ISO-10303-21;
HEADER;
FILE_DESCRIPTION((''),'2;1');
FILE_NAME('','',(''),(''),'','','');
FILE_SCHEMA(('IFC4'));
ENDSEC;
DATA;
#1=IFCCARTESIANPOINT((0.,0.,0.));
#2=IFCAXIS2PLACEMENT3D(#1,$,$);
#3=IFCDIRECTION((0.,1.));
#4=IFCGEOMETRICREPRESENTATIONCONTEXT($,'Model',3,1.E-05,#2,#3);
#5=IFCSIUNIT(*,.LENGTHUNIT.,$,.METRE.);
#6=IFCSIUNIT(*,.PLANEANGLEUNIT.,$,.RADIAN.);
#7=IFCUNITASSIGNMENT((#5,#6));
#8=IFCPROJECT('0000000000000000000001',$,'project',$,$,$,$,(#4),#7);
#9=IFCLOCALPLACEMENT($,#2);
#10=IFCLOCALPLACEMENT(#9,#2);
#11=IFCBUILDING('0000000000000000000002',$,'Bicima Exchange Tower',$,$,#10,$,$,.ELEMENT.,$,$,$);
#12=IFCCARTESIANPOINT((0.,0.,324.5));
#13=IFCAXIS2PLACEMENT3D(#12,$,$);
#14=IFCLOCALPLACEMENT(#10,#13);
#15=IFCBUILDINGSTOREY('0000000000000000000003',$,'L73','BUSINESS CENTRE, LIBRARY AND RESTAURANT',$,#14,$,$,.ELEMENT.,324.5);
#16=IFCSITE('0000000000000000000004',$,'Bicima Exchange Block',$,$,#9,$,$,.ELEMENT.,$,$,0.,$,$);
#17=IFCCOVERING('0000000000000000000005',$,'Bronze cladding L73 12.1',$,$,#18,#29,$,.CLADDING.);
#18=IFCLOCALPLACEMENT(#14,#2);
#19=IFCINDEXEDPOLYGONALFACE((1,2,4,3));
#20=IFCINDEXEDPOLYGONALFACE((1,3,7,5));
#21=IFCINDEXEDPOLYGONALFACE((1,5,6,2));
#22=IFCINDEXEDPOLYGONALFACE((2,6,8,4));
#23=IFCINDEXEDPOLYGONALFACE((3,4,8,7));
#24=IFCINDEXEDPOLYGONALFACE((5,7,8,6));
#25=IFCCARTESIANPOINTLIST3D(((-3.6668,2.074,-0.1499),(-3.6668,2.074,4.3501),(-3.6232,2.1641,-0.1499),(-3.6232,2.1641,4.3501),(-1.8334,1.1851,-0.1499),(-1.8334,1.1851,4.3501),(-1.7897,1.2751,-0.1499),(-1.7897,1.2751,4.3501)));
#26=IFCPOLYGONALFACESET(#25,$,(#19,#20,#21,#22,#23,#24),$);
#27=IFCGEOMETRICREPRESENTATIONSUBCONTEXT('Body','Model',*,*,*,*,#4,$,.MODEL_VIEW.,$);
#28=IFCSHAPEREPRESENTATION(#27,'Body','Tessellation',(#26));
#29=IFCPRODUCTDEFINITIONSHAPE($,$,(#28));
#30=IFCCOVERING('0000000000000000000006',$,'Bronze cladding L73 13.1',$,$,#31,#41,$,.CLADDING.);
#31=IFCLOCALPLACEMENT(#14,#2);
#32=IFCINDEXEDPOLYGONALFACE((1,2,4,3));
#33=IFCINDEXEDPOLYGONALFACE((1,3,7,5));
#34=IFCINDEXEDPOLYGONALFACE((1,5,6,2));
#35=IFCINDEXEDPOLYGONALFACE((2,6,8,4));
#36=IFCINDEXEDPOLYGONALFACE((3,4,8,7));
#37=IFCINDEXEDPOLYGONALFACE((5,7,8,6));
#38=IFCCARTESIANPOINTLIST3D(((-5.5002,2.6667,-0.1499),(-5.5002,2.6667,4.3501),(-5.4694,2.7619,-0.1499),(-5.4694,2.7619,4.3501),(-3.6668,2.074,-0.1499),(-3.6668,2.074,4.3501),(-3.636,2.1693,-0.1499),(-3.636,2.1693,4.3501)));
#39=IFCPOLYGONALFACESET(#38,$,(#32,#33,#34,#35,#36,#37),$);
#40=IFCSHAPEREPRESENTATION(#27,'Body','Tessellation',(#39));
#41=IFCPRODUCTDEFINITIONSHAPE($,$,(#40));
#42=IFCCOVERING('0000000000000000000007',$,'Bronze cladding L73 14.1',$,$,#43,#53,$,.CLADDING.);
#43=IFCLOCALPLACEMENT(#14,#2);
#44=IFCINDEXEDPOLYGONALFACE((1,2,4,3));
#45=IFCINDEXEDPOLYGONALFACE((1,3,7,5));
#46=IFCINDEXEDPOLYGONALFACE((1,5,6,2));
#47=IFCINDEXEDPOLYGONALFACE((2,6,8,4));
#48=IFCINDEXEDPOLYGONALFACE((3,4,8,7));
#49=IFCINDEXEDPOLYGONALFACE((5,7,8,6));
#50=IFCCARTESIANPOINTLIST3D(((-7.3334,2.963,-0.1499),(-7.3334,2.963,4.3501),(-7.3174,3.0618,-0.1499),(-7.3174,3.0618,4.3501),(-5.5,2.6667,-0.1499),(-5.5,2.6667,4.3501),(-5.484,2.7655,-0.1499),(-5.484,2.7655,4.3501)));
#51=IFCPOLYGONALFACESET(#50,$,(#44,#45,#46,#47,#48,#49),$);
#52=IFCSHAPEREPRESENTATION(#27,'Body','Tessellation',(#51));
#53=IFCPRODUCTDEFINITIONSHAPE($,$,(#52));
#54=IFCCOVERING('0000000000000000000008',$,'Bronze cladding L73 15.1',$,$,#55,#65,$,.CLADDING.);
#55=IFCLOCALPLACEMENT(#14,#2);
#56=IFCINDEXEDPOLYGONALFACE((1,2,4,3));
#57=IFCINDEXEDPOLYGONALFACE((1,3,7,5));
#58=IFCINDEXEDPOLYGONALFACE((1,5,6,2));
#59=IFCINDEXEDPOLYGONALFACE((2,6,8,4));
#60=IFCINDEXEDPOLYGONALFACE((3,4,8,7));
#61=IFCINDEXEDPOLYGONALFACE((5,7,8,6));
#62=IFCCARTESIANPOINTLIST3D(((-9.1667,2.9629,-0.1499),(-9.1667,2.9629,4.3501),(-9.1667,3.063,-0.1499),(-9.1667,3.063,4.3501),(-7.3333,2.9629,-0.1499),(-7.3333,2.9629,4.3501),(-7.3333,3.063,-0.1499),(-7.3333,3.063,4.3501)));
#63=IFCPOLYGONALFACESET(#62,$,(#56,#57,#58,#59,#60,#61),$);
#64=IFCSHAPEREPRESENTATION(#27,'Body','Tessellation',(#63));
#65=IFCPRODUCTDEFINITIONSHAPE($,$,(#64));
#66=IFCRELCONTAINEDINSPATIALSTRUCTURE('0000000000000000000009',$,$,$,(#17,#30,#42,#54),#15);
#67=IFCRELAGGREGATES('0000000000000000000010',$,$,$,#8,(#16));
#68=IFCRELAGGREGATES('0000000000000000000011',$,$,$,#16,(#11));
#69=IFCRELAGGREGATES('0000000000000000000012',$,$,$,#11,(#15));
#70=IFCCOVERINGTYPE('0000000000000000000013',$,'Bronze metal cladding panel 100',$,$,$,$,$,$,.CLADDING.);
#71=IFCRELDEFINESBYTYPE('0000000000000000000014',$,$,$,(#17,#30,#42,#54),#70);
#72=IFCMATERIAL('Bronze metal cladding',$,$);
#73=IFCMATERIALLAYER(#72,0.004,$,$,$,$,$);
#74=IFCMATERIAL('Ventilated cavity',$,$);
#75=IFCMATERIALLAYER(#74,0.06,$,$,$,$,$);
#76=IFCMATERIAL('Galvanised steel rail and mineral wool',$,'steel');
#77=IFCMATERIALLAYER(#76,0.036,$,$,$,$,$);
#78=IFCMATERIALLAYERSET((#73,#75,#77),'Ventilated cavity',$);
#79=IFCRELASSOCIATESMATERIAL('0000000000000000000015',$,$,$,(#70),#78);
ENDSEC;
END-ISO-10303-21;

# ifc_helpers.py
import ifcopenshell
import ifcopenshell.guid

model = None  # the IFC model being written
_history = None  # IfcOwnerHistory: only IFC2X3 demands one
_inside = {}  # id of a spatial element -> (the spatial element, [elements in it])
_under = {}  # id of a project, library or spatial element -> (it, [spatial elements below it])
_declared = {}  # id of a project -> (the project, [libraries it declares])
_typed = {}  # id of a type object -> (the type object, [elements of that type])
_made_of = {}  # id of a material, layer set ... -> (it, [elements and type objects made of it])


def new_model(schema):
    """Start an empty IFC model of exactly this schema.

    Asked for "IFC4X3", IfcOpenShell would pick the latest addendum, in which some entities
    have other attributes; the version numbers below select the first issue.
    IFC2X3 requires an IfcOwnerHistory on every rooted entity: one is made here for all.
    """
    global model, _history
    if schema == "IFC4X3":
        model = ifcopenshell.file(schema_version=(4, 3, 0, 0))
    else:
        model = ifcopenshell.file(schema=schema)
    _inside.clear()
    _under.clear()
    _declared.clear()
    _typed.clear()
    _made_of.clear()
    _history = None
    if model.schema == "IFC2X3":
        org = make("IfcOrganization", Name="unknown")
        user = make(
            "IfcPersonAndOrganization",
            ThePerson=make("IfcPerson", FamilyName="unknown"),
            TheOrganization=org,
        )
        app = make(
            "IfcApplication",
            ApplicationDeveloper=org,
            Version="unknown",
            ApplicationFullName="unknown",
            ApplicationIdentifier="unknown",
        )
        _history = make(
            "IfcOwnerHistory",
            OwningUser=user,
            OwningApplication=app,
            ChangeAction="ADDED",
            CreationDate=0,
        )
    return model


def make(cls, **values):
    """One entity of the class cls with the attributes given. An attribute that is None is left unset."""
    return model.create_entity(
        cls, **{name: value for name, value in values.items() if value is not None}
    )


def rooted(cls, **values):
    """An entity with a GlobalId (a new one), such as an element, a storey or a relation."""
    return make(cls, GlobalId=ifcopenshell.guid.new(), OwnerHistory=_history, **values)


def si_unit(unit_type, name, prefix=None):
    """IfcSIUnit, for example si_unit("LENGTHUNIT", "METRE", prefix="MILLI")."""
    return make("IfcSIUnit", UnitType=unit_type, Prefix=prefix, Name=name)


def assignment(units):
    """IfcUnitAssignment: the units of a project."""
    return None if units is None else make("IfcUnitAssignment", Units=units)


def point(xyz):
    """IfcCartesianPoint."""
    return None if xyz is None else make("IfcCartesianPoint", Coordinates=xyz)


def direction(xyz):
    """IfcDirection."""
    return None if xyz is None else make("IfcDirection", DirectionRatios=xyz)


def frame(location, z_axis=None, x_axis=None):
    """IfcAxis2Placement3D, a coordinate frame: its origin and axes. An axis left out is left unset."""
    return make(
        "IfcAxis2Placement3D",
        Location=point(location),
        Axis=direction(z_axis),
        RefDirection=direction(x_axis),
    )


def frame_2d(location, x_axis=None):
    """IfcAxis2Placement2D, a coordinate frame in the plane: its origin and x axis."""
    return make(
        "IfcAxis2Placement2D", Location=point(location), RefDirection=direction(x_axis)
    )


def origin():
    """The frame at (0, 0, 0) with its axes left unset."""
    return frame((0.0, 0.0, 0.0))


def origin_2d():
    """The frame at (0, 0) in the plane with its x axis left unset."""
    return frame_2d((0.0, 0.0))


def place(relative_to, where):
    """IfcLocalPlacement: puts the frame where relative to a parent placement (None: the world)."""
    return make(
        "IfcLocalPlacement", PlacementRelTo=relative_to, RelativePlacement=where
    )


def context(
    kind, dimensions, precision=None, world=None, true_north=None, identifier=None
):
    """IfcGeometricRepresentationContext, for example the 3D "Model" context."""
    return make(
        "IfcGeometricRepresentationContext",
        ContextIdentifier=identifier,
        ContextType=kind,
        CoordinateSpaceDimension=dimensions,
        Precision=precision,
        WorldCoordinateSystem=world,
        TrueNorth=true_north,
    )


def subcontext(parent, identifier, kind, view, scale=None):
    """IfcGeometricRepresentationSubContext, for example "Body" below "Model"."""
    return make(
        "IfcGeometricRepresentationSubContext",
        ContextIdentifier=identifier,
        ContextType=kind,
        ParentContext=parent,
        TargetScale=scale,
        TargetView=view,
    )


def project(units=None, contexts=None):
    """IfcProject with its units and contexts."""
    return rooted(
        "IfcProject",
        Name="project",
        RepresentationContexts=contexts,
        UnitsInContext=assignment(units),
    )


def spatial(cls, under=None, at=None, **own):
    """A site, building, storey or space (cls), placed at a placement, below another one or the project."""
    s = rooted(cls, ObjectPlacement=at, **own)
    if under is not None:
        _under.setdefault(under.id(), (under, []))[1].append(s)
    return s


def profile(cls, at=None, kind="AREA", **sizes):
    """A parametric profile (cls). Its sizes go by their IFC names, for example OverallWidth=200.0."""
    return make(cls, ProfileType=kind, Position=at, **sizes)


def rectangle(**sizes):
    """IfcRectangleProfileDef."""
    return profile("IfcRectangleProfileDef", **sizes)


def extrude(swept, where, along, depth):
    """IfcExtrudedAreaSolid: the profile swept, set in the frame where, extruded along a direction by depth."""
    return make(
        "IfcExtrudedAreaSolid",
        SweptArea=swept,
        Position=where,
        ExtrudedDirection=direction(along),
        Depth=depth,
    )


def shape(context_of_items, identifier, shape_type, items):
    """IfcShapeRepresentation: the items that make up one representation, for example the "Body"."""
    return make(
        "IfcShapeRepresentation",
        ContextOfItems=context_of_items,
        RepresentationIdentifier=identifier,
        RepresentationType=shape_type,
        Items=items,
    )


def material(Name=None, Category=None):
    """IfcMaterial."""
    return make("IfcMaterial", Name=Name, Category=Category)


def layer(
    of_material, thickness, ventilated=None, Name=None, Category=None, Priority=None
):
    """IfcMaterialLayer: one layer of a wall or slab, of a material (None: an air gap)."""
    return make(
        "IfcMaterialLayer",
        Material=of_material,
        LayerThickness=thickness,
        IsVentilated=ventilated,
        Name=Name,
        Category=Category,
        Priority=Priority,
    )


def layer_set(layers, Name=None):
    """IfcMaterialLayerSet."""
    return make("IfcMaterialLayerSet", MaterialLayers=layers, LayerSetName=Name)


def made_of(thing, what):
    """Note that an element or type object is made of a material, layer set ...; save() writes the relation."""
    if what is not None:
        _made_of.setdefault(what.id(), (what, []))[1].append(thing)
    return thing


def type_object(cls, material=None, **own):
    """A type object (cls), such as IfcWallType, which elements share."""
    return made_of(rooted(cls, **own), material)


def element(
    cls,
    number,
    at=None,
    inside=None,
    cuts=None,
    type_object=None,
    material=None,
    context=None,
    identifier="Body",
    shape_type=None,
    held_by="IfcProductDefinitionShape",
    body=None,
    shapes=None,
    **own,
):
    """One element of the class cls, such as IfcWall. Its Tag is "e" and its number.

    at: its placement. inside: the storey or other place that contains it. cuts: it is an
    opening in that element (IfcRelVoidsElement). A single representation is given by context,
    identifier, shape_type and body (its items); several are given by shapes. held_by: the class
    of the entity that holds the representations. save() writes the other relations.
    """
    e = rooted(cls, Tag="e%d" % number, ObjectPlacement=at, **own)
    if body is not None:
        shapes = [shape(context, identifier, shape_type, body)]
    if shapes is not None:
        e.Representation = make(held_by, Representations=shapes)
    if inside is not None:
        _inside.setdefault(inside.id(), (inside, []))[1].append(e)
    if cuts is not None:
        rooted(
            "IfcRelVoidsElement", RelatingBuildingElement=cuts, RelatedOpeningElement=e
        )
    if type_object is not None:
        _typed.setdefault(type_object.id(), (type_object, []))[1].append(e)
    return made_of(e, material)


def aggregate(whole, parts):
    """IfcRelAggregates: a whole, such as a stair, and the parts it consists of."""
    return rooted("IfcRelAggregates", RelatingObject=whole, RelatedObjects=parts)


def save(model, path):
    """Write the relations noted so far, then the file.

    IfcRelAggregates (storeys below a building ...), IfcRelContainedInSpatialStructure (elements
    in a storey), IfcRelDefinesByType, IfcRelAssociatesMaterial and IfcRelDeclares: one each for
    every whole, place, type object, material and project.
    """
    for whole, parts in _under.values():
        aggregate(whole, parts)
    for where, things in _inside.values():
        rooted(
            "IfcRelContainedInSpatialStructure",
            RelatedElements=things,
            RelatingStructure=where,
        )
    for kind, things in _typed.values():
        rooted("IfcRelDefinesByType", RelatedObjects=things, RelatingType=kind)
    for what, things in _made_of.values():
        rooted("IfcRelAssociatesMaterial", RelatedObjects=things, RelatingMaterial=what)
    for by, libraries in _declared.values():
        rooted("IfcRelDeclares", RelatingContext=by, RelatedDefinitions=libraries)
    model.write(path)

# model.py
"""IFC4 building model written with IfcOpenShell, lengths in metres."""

from ifc_helpers import new_model, si_unit, direction, frame, origin, origin_2d, place, context, subcontext, project, spatial, rectangle, extrude, material, layer, layer_set, type_object, element, save


model = new_model("IFC4")

# Units and contexts
model_context = context("Model", 3, precision=1e-05, world=origin(), true_north=direction((0.0, 1.0)))
body_context = subcontext(model_context, "Body", "Model", "MODEL_VIEW")
ifc_project = project(units=[si_unit("LENGTHUNIT", "METRE"), si_unit("PLANEANGLEUNIT", "RADIAN")], contexts=[model_context])

# Site, building, storey
site_placement = place(None, origin())
site = spatial("IfcSite", under=ifc_project, at=site_placement, Name="Bicima Exchange Block", CompositionType="ELEMENT", RefElevation=0.0)
building_placement = place(site_placement, origin())
building = spatial("IfcBuilding", under=site, at=building_placement, Name="Bicima Exchange Tower", CompositionType="ELEMENT")
storey_placement = place(building_placement, frame((0.0, 0.0, 324.5)))
storey = spatial("IfcBuildingStorey", under=building, at=storey_placement, Name="L73", Description="BUSINESS CENTRE, LIBRARY AND RESTAURANT", CompositionType="ELEMENT", Elevation=324.5)

# Coverings
ifc_material_1 = material(Name="Bronze metal cladding")
ifc_layer_1 = layer(ifc_material_1, 0.004)
ifc_material_2 = material(Name="Ventilated cavity")
ifc_layer_2 = layer(ifc_material_2, 0.06)
ifc_material_3 = material(Name="Galvanised steel rail and mineral wool", Category="steel")
ifc_layer_3 = layer(ifc_material_3, 0.036)
ifc_layer_set_1 = layer_set([ifc_layer_1, ifc_layer_2, ifc_layer_3], Name="Ventilated cavity")
covering_type = type_object("IfcCoveringType", Name="Bronze metal cladding panel 100", PredefinedType="CLADDING", material=ifc_layer_set_1)
covering_1_placement = place(storey_placement, frame((-2.7283, 1.6746, -0.1499), z_axis=(0.0, 0.0, 1.0), x_axis=(-0.899818, 0.436265, 0.0)))
element("IfcCovering", 1, at=covering_1_placement, inside=storey, type_object=covering_type, Name="Bronze cladding L73 12.1", PredefinedType="CLADDING", context=body_context, shape_type="SweptSolid", body=[
    extrude(rectangle(XDim=2.0376, YDim=0.1001, at=origin_2d()), origin(), (0.0, 0.0, 1.0), 4.5),
])
covering_2_placement = place(storey_placement, frame((-4.5681, 2.418, -0.1499), z_axis=(0.0, 0.0, 1.0), x_axis=(-0.951525, 0.307573, 0.0)))
element("IfcCovering", 2, at=covering_2_placement, inside=storey, type_object=covering_type, Name="Bronze cladding L73 13.1", PredefinedType="CLADDING", context=body_context, shape_type="SweptSolid", body=[
    extrude(rectangle(XDim=1.9268, YDim=0.1001, at=origin_2d()), origin(), (0.0, 0.0, 1.0), 4.5),
])
covering_3_placement = place(storey_placement, frame((-6.4087, 2.8643, -0.1499), z_axis=(0.0, 0.0, 1.0), x_axis=(-0.98719, 0.15955, 0.0)))
element("IfcCovering", 3, at=covering_3_placement, inside=storey, type_object=covering_type, Name="Bronze cladding L73 14.1", PredefinedType="CLADDING", context=body_context, shape_type="SweptSolid", body=[
    extrude(rectangle(XDim=1.8572, YDim=0.1001, at=origin_2d()), origin(), (0.0, 0.0, 1.0), 4.5),
])
covering_4_placement = place(storey_placement, frame((-8.25, 3.0129, -0.1499), z_axis=(0.0, 0.0, 1.0), x_axis=(-1.0, 0.0, 0.0)))
element("IfcCovering", 4, at=covering_4_placement, inside=storey, type_object=covering_type, Name="Bronze cladding L73 15.1", PredefinedType="CLADDING", context=body_context, shape_type="SweptSolid", body=[
    extrude(rectangle(XDim=1.8335, YDim=0.1001, at=origin_2d()), origin(), (0.0, 0.0, 1.0), 4.5),
])

save(model, "model.ifc")
